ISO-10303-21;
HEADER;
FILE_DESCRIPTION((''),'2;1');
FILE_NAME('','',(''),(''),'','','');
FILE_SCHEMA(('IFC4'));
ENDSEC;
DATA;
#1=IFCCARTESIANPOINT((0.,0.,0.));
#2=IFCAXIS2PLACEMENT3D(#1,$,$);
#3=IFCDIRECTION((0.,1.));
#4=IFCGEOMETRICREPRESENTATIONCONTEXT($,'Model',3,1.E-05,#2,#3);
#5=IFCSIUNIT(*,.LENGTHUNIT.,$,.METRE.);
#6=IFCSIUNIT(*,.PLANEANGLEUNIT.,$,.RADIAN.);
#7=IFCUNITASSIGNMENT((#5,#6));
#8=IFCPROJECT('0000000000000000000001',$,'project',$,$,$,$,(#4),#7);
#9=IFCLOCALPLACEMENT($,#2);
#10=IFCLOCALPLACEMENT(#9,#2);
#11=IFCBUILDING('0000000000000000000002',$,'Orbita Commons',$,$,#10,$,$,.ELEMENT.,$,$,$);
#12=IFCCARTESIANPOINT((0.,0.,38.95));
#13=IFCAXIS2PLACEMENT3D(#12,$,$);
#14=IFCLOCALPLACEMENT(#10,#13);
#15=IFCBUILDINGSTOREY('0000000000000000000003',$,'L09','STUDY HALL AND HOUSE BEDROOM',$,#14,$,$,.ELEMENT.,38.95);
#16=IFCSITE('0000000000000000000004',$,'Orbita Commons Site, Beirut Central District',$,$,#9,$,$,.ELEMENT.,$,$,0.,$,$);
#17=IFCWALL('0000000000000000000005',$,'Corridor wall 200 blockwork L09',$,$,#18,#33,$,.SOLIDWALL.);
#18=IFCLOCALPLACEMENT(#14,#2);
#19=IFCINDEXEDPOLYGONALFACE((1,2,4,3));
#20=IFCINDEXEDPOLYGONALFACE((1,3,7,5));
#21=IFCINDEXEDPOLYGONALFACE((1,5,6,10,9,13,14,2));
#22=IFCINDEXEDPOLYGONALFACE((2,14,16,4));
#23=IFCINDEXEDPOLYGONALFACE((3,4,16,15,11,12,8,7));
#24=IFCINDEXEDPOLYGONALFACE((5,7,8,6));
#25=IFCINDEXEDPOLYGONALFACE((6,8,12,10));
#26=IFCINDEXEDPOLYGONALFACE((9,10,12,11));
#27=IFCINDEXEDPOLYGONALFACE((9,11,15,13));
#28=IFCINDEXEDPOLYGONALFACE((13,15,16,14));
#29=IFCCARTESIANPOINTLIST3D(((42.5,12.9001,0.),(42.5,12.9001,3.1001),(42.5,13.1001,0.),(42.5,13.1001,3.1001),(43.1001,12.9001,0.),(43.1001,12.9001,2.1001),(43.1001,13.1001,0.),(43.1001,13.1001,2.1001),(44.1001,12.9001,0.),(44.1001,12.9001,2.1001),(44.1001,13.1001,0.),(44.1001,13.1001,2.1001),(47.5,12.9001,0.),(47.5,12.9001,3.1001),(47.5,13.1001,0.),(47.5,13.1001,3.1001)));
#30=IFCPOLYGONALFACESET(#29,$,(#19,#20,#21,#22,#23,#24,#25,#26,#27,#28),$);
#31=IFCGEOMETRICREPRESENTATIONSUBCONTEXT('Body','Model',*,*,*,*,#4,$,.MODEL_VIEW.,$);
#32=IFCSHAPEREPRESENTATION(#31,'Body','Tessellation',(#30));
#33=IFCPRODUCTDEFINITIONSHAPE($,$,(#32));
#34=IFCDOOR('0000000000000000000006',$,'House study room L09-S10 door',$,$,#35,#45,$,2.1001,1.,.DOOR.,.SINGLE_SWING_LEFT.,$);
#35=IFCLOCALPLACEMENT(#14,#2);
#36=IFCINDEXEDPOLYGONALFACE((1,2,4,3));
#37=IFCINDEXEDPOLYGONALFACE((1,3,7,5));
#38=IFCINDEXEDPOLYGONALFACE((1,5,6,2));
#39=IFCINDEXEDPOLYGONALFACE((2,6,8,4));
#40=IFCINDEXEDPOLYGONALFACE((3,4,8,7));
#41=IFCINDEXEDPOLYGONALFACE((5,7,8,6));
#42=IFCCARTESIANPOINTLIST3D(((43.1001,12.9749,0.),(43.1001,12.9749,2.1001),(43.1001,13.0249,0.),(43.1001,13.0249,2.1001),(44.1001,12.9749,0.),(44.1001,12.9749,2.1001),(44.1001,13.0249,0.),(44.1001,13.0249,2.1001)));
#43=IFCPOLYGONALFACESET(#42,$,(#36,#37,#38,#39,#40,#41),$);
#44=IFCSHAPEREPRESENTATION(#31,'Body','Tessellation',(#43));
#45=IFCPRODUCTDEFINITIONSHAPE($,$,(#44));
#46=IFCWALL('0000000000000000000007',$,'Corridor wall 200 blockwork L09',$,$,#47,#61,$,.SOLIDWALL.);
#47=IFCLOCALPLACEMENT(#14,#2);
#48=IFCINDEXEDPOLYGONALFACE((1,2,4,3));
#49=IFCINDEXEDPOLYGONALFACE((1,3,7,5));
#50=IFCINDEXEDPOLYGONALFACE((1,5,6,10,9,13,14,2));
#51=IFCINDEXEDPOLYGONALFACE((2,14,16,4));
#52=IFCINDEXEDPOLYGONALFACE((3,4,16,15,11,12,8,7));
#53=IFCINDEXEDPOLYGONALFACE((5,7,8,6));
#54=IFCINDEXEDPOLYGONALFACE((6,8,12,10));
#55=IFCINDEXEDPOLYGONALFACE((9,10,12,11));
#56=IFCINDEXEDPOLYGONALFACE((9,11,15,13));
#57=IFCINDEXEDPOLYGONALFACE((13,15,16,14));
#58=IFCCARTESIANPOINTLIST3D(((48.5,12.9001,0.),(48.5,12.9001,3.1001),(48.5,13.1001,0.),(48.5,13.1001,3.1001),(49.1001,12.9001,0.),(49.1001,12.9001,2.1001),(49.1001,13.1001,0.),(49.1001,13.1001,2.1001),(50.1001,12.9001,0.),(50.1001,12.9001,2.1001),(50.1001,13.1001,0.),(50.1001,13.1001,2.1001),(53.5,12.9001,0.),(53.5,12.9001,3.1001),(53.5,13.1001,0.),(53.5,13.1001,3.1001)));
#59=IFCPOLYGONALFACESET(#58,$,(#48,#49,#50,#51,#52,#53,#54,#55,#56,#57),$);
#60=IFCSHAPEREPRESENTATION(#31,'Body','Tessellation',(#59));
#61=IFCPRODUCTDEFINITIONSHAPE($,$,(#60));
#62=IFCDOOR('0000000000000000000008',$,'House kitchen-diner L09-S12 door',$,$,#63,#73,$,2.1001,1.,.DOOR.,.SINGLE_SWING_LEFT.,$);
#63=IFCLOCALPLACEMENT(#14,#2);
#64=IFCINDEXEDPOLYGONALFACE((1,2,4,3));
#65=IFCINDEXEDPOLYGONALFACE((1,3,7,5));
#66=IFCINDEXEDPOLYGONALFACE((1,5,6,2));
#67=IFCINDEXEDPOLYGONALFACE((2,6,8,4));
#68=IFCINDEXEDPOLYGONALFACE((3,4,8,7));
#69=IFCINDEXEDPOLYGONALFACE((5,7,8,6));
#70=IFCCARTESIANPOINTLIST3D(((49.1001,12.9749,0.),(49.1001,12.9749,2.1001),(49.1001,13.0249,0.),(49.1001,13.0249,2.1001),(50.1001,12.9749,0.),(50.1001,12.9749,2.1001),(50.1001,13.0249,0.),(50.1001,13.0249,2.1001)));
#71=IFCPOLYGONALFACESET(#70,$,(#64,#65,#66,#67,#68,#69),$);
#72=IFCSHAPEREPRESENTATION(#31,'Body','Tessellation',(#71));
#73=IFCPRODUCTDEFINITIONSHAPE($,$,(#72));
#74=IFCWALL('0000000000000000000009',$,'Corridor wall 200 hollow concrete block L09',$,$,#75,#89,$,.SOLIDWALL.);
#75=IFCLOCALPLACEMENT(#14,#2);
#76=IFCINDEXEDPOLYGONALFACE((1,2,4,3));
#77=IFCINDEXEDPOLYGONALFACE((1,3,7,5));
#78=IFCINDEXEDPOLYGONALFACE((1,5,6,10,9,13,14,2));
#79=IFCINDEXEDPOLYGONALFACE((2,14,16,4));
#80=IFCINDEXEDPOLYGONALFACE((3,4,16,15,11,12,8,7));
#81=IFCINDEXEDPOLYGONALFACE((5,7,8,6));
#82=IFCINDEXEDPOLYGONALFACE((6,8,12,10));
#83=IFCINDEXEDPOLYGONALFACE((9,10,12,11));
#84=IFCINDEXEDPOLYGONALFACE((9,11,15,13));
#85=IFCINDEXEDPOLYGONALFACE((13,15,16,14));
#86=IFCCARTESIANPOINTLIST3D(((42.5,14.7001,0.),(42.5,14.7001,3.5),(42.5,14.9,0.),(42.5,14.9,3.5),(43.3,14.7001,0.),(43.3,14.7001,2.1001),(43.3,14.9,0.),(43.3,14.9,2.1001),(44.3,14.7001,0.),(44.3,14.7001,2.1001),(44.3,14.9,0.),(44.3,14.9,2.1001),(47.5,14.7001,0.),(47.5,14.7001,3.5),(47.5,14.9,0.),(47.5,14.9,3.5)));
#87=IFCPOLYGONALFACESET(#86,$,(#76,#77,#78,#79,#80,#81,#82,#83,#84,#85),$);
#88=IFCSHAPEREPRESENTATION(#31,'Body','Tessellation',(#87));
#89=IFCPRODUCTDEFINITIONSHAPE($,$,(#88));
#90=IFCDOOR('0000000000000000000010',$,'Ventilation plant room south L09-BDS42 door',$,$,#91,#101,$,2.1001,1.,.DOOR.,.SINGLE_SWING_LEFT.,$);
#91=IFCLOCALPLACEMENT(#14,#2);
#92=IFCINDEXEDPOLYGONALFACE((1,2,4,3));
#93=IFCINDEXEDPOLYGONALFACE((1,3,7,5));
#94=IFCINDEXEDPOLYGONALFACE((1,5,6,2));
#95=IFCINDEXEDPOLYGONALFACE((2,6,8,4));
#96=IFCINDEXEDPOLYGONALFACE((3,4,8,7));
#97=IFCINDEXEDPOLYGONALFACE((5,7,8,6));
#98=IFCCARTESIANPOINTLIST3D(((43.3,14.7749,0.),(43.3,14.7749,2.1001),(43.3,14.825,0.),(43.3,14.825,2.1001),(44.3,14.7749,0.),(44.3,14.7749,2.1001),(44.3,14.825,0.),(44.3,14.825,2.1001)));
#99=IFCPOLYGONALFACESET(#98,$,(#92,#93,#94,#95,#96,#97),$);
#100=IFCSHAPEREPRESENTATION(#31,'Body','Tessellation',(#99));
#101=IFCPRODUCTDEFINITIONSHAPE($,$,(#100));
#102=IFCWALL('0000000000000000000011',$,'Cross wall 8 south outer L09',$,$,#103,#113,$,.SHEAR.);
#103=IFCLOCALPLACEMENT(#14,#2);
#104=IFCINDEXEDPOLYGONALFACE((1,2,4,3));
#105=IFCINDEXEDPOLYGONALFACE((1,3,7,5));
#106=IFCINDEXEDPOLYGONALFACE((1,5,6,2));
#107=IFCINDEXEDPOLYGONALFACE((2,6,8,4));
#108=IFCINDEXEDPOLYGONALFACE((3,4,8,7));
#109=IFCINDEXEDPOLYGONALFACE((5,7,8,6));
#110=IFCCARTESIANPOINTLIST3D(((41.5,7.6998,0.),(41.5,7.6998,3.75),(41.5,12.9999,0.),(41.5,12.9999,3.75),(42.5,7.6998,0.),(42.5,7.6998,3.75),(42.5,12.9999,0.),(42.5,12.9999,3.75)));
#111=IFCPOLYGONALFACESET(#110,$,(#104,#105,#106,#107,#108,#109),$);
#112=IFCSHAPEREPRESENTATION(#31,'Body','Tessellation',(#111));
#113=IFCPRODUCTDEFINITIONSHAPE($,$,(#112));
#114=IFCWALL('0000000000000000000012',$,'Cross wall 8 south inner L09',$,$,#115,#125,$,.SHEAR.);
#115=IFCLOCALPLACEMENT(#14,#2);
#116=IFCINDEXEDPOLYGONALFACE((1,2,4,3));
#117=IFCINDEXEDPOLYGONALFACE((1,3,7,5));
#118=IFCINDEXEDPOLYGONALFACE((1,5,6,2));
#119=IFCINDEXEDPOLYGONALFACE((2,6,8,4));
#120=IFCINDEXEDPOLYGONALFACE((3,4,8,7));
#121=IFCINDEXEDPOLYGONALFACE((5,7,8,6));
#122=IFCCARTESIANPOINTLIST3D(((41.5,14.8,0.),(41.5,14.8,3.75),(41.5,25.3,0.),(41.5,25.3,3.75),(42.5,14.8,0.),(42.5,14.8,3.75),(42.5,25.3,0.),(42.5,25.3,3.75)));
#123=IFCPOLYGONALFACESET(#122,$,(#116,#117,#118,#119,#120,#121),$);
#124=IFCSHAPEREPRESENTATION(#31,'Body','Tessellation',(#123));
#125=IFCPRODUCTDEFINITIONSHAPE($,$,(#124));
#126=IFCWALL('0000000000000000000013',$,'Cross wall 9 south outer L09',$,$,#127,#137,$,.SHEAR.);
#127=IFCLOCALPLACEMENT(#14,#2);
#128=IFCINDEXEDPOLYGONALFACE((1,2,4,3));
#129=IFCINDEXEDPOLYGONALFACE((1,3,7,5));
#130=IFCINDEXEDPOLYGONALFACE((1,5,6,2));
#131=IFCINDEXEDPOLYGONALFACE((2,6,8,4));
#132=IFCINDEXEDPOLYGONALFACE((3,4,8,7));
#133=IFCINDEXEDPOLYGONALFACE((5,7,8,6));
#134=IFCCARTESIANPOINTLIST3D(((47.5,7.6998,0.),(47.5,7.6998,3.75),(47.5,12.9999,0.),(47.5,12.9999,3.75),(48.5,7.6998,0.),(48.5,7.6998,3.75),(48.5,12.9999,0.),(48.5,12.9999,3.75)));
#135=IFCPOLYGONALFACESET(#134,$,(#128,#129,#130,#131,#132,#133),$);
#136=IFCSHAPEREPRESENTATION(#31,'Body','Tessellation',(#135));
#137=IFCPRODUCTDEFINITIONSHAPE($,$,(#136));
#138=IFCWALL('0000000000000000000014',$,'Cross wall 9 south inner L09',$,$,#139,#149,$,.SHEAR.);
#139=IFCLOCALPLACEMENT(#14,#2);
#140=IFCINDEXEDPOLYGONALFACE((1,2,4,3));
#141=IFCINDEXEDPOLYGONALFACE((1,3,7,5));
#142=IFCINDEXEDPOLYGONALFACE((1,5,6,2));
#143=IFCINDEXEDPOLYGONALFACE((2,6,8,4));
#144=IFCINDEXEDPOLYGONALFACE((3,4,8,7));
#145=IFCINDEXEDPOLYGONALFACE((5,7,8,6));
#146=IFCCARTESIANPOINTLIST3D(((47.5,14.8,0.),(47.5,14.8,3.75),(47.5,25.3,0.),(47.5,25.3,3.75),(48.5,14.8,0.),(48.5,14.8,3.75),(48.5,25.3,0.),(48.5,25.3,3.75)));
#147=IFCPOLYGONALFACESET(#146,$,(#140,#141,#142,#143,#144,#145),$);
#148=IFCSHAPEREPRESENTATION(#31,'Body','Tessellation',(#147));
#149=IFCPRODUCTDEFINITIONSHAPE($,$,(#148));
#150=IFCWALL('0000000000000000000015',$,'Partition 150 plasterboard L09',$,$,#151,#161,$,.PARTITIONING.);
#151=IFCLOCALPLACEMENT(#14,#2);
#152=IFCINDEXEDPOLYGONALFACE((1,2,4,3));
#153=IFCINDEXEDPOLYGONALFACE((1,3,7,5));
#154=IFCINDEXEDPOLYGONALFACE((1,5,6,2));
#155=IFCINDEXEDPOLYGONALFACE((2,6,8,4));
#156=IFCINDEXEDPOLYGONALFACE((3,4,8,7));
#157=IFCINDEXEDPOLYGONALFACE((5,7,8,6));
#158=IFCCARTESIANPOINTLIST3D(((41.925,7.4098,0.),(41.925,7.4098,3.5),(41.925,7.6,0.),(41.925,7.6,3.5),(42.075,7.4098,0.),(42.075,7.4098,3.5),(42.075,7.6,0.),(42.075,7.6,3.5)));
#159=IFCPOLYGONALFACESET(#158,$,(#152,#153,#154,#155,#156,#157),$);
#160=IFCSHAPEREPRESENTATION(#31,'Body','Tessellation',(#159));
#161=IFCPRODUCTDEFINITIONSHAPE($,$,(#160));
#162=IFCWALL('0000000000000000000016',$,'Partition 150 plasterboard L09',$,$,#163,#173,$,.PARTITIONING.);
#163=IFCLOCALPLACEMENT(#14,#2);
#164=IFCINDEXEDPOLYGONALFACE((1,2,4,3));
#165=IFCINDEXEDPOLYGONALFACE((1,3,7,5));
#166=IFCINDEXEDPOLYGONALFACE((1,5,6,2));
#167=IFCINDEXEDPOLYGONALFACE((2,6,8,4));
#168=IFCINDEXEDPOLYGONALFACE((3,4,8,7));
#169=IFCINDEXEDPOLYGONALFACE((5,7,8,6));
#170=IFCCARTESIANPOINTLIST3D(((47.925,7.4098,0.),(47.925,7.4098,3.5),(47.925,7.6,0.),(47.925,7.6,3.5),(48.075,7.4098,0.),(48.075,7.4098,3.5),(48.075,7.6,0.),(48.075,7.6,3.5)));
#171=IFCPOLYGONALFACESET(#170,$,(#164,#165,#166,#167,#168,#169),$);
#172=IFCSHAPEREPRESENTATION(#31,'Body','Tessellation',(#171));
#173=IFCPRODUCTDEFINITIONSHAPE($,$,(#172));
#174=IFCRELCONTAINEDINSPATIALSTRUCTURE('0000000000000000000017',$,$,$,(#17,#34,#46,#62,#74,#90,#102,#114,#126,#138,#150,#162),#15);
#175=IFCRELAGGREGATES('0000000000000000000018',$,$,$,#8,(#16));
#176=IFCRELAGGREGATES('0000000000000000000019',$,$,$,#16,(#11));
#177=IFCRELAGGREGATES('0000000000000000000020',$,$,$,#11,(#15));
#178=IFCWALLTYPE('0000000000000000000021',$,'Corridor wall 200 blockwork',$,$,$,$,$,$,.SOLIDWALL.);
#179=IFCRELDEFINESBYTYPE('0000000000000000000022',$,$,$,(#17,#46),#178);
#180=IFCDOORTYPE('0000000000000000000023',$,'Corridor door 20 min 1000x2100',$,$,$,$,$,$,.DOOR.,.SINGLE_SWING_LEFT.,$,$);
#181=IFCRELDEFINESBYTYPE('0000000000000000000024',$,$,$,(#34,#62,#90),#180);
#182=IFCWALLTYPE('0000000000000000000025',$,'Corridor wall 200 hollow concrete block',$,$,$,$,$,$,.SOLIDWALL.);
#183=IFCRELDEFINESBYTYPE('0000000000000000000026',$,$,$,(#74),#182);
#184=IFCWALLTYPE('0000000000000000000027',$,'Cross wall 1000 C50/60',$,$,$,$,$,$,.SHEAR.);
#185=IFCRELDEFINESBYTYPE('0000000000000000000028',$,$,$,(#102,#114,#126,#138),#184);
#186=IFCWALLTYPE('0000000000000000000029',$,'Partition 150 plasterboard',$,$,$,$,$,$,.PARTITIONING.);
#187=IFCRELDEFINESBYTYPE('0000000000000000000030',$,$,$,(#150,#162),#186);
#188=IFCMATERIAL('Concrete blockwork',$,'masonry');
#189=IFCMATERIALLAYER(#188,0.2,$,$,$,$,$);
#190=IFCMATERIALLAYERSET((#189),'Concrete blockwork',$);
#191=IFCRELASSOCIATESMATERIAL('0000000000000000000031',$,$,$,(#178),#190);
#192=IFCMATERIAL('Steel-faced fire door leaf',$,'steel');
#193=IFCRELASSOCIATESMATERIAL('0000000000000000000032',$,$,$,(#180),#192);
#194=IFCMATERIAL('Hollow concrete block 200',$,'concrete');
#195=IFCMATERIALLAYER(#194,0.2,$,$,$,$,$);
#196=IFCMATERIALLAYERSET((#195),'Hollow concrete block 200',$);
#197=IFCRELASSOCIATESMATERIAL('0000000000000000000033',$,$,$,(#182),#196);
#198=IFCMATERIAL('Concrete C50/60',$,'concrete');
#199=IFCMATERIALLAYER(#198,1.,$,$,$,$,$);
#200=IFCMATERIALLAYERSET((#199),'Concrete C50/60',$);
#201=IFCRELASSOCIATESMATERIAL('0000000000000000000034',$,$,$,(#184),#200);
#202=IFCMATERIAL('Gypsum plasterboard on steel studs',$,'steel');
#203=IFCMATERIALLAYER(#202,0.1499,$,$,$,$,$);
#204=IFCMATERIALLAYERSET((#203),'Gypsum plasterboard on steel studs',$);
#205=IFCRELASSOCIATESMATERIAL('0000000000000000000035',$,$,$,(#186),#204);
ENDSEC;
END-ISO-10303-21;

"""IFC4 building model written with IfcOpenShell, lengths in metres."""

from ifc_helpers import new_model, si_unit, direction, frame, frame_2d, origin, place, context, subcontext, project, spatial, polyline, rectangle, outline, extrude, material, layer, layer_set, type_object, element, fill, save


model = new_model("IFC4")

# Units and contexts
model_context = context("Model", 3, precision=1e-05, world=origin(), true_north=direction((0.0, 1.0)))
body_context = subcontext(model_context, "Body", "Model", "MODEL_VIEW")
ifc_project = project(units=[si_unit("LENGTHUNIT", "METRE"), si_unit("PLANEANGLEUNIT", "RADIAN")], contexts=[model_context])

# Site, building, storey
site_placement = place(None, origin())
site = spatial("IfcSite", under=ifc_project, at=site_placement, Name="Orbita Commons Site, Beirut Central District", CompositionType="ELEMENT", RefElevation=0.0)
building_placement = place(site_placement, origin())
building = spatial("IfcBuilding", under=site, at=building_placement, Name="Orbita Commons", CompositionType="ELEMENT")
storey_placement = place(building_placement, frame((0.0, 0.0, 38.95)))
storey = spatial("IfcBuildingStorey", under=building, at=storey_placement, Name="L09", Description="STUDY HALL AND HOUSE BEDROOM", CompositionType="ELEMENT", Elevation=38.95)

# Walls, openings, doors
ifc_material_1 = material(Name="Concrete blockwork", Category="masonry")
ifc_layer_1 = layer(ifc_material_1, 0.2)
ifc_layer_set_1 = layer_set([ifc_layer_1], Name="Concrete blockwork")
wall_type_1 = type_object("IfcWallType", Name="Corridor wall 200 blockwork", PredefinedType="SOLIDWALL", material=ifc_layer_set_1)
wall_1_placement = place(storey_placement, frame((42.5, 13.0, 0.0), z_axis=(0.0, 0.0, 1.0), x_axis=(1.0, 0.0, 0.0)))
wall_1 = element("IfcWall", 1, at=wall_1_placement, inside=storey, type_object=wall_type_1, Name="Corridor wall 200 blockwork L09", PredefinedType="SOLIDWALL", context=body_context, shape_type="SweptSolid", body=[
    extrude(outline(polyline([(0.0, 0.0), (5.0, 0.0), (5.0, 3.1001), (0.0, 3.1001), (0.0, 0.0)])), frame((0.0, 0.1001, 0.0), z_axis=(0.0, -1.0, 0.0), x_axis=(1.0, 0.0, 0.0)), (0.0, 0.0, 1.0), 0.2),
])
opening_1_placement = place(wall_1_placement, frame((0.6001, 0.0, 0.0)))
opening_1 = element("IfcOpeningElement", 2, at=opening_1_placement, cuts=wall_1, PredefinedType="OPENING", context=body_context, shape_type="SweptSolid", body=[
    extrude(rectangle(XDim=1.0, YDim=2.1001, at=frame_2d((0.5, 1.05))), frame((0.0, 0.1099, 0.0), z_axis=(0.0, -1.0, 0.0), x_axis=(1.0, 0.0, 0.0)), (0.0, 0.0, 1.0), 0.22),
])
ifc_material_2 = material(Name="Steel-faced fire door leaf", Category="steel")
door_type = type_object("IfcDoorType", Name="Corridor door 20 min 1000x2100", OperationType="SINGLE_SWING_LEFT", PredefinedType="DOOR", material=ifc_material_2)
door_1_placement = place(opening_1_placement, origin())
door_1 = element("IfcDoor", 3, at=door_1_placement, inside=storey, type_object=door_type, Name="House study room L09-S10 door", OperationType="SINGLE_SWING_LEFT", OverallHeight=2.1001, OverallWidth=1.0, PredefinedType="DOOR", context=body_context, shape_type="SweptSolid", body=[
    extrude(rectangle(XDim=1.0, YDim=2.1001, at=frame_2d((0.5, 1.05))), frame((0.0, 0.0249, 0.0), z_axis=(0.0, -1.0, 0.0), x_axis=(1.0, 0.0, 0.0)), (0.0, 0.0, 1.0), 0.05),
])
fill(opening_1, door_1)
wall_2_placement = place(storey_placement, frame((48.5, 13.0, 0.0), z_axis=(0.0, 0.0, 1.0), x_axis=(1.0, 0.0, 0.0)))
wall_2 = element("IfcWall", 4, at=wall_2_placement, inside=storey, type_object=wall_type_1, Name="Corridor wall 200 blockwork L09", PredefinedType="SOLIDWALL", context=body_context, shape_type="SweptSolid", body=[
    extrude(outline(polyline([(0.0, 0.0), (5.0, 0.0), (5.0, 3.1001), (0.0, 3.1001), (0.0, 0.0)])), frame((0.0, 0.1001, 0.0), z_axis=(0.0, -1.0, 0.0), x_axis=(1.0, 0.0, 0.0)), (0.0, 0.0, 1.0), 0.2),
])
opening_2_placement = place(wall_2_placement, frame((0.6001, 0.0, 0.0)))
opening_2 = element("IfcOpeningElement", 5, at=opening_2_placement, cuts=wall_2, PredefinedType="OPENING", context=body_context, shape_type="SweptSolid", body=[
    extrude(rectangle(XDim=1.0, YDim=2.1001, at=frame_2d((0.5, 1.05))), frame((0.0, 0.1099, 0.0), z_axis=(0.0, -1.0, 0.0), x_axis=(1.0, 0.0, 0.0)), (0.0, 0.0, 1.0), 0.22),
])
door_2_placement = place(opening_2_placement, origin())
door_2 = element("IfcDoor", 6, at=door_2_placement, inside=storey, type_object=door_type, Name="House kitchen-diner L09-S12 door", OperationType="SINGLE_SWING_LEFT", OverallHeight=2.1001, OverallWidth=1.0, PredefinedType="DOOR", context=body_context, shape_type="SweptSolid", body=[
    extrude(rectangle(XDim=1.0, YDim=2.1001, at=frame_2d((0.5, 1.05))), frame((0.0, 0.0249, 0.0), z_axis=(0.0, -1.0, 0.0), x_axis=(1.0, 0.0, 0.0)), (0.0, 0.0, 1.0), 0.05),
])
fill(opening_2, door_2)
ifc_material_3 = material(Name="Hollow concrete block 200", Category="concrete")
ifc_layer_2 = layer(ifc_material_3, 0.2)
ifc_layer_set_2 = layer_set([ifc_layer_2], Name="Hollow concrete block 200")
wall_type_2 = type_object("IfcWallType", Name="Corridor wall 200 hollow concrete block", PredefinedType="SOLIDWALL", material=ifc_layer_set_2)
wall_3_placement = place(storey_placement, frame((42.5, 14.8, 0.0), z_axis=(0.0, 0.0, 1.0), x_axis=(1.0, 0.0, 0.0)))
wall_3 = element("IfcWall", 7, at=wall_3_placement, inside=storey, type_object=wall_type_2, Name="Corridor wall 200 hollow concrete block L09", PredefinedType="SOLIDWALL", context=body_context, shape_type="SweptSolid", body=[
    extrude(rectangle(XDim=5.0, YDim=0.2, at=frame_2d((2.5, 0.0))), origin(), (0.0, 0.0, 1.0), 3.5),
])
opening_3_placement = place(wall_3_placement, frame((0.8, 0.0, 0.0)))
opening_3 = element("IfcOpeningElement", 8, at=opening_3_placement, cuts=wall_3, PredefinedType="OPENING", context=body_context, shape_type="SweptSolid", body=[
    extrude(rectangle(XDim=1.0, YDim=2.1001, at=frame_2d((0.5, 1.05))), frame((0.0, 0.1099, 0.0), z_axis=(0.0, -1.0, 0.0), x_axis=(1.0, 0.0, 0.0)), (0.0, 0.0, 1.0), 0.22),
])
door_3_placement = place(opening_3_placement, origin())
door_3 = element("IfcDoor", 9, at=door_3_placement, inside=storey, type_object=door_type, Name="Ventilation plant room south L09-BDS42 door", OperationType="SINGLE_SWING_LEFT", OverallHeight=2.1001, OverallWidth=1.0, PredefinedType="DOOR", context=body_context, shape_type="SweptSolid", body=[
    extrude(rectangle(XDim=1.0, YDim=2.1001, at=frame_2d((0.5, 1.05))), frame((0.0, 0.0249, 0.0), z_axis=(0.0, -1.0, 0.0), x_axis=(1.0, 0.0, 0.0)), (0.0, 0.0, 1.0), 0.05),
])
fill(opening_3, door_3)

# Walls
ifc_material_4 = material(Name="Concrete C50/60", Category="concrete")
ifc_layer_3 = layer(ifc_material_4, 1.0)
ifc_layer_set_3 = layer_set([ifc_layer_3], Name="Concrete C50/60")
wall_type_3 = type_object("IfcWallType", Name="Cross wall 1000 C50/60", PredefinedType="SHEAR", material=ifc_layer_set_3)
wall_4_placement = place(storey_placement, frame((42.0, 7.7, 0.0), z_axis=(0.0, 0.0, 1.0), x_axis=(0.0, 1.0, 0.0)))
element("IfcWall", 10, at=wall_4_placement, inside=storey, type_object=wall_type_3, Name="Cross wall 8 south outer L09", PredefinedType="SHEAR", context=body_context, shape_type="SweptSolid", body=[
    extrude(rectangle(XDim=5.3, YDim=1.0, at=frame_2d((2.6499, 0.0))), origin(), (0.0, 0.0, 1.0), 3.75),
])
wall_5_placement = place(storey_placement, frame((42.0, 14.8, 0.0), z_axis=(0.0, 0.0, 1.0), x_axis=(0.0, 1.0, 0.0)))
element("IfcWall", 11, at=wall_5_placement, inside=storey, type_object=wall_type_3, Name="Cross wall 8 south inner L09", PredefinedType="SHEAR", context=body_context, shape_type="SweptSolid", body=[
    extrude(rectangle(XDim=10.5, YDim=1.0, at=frame_2d((5.25, 0.0))), origin(), (0.0, 0.0, 1.0), 3.75),
])
wall_6_placement = place(storey_placement, frame((48.0, 7.7, 0.0), z_axis=(0.0, 0.0, 1.0), x_axis=(0.0, 1.0, 0.0)))
element("IfcWall", 12, at=wall_6_placement, inside=storey, type_object=wall_type_3, Name="Cross wall 9 south outer L09", PredefinedType="SHEAR", context=body_context, shape_type="SweptSolid", body=[
    extrude(rectangle(XDim=5.3, YDim=1.0, at=frame_2d((2.6499, 0.0))), origin(), (0.0, 0.0, 1.0), 3.75),
])
wall_7_placement = place(storey_placement, frame((48.0, 14.8, 0.0), z_axis=(0.0, 0.0, 1.0), x_axis=(0.0, 1.0, 0.0)))
element("IfcWall", 13, at=wall_7_placement, inside=storey, type_object=wall_type_3, Name="Cross wall 9 south inner L09", PredefinedType="SHEAR", context=body_context, shape_type="SweptSolid", body=[
    extrude(rectangle(XDim=10.5, YDim=1.0, at=frame_2d((5.25, 0.0))), origin(), (0.0, 0.0, 1.0), 3.75),
])
ifc_material_5 = material(Name="Gypsum plasterboard on steel studs", Category="steel")
ifc_layer_4 = layer(ifc_material_5, 0.1499)
ifc_layer_set_4 = layer_set([ifc_layer_4], Name="Gypsum plasterboard on steel studs")
wall_type_4 = type_object("IfcWallType", Name="Partition 150 plasterboard", PredefinedType="PARTITIONING", material=ifc_layer_set_4)
for number, where, z_axis, x_axis, name in (
    (14, (42.0, 7.6001, 0.0), (0.0, 0.0, 1.0), (0.0, -1.0, 0.0), "Partition 150 plasterboard L09"),
    (15, (48.0, 7.6001, 0.0), (0.0, 0.0, 1.0), (0.0, -1.0, 0.0), "Partition 150 plasterboard L09"),
):
    element("IfcWall", number, at=place(storey_placement, frame(where, z_axis=z_axis, x_axis=x_axis)), inside=storey, type_object=wall_type_4, Name=name, PredefinedType="PARTITIONING", context=body_context, shape_type="SweptSolid", body=[
        extrude(rectangle(XDim=0.1902, YDim=0.1499, at=frame_2d((0.0952, 0.0))), origin(), (0.0, 0.0, 1.0), 3.5),
    ])

save(model, "model.ifc")
